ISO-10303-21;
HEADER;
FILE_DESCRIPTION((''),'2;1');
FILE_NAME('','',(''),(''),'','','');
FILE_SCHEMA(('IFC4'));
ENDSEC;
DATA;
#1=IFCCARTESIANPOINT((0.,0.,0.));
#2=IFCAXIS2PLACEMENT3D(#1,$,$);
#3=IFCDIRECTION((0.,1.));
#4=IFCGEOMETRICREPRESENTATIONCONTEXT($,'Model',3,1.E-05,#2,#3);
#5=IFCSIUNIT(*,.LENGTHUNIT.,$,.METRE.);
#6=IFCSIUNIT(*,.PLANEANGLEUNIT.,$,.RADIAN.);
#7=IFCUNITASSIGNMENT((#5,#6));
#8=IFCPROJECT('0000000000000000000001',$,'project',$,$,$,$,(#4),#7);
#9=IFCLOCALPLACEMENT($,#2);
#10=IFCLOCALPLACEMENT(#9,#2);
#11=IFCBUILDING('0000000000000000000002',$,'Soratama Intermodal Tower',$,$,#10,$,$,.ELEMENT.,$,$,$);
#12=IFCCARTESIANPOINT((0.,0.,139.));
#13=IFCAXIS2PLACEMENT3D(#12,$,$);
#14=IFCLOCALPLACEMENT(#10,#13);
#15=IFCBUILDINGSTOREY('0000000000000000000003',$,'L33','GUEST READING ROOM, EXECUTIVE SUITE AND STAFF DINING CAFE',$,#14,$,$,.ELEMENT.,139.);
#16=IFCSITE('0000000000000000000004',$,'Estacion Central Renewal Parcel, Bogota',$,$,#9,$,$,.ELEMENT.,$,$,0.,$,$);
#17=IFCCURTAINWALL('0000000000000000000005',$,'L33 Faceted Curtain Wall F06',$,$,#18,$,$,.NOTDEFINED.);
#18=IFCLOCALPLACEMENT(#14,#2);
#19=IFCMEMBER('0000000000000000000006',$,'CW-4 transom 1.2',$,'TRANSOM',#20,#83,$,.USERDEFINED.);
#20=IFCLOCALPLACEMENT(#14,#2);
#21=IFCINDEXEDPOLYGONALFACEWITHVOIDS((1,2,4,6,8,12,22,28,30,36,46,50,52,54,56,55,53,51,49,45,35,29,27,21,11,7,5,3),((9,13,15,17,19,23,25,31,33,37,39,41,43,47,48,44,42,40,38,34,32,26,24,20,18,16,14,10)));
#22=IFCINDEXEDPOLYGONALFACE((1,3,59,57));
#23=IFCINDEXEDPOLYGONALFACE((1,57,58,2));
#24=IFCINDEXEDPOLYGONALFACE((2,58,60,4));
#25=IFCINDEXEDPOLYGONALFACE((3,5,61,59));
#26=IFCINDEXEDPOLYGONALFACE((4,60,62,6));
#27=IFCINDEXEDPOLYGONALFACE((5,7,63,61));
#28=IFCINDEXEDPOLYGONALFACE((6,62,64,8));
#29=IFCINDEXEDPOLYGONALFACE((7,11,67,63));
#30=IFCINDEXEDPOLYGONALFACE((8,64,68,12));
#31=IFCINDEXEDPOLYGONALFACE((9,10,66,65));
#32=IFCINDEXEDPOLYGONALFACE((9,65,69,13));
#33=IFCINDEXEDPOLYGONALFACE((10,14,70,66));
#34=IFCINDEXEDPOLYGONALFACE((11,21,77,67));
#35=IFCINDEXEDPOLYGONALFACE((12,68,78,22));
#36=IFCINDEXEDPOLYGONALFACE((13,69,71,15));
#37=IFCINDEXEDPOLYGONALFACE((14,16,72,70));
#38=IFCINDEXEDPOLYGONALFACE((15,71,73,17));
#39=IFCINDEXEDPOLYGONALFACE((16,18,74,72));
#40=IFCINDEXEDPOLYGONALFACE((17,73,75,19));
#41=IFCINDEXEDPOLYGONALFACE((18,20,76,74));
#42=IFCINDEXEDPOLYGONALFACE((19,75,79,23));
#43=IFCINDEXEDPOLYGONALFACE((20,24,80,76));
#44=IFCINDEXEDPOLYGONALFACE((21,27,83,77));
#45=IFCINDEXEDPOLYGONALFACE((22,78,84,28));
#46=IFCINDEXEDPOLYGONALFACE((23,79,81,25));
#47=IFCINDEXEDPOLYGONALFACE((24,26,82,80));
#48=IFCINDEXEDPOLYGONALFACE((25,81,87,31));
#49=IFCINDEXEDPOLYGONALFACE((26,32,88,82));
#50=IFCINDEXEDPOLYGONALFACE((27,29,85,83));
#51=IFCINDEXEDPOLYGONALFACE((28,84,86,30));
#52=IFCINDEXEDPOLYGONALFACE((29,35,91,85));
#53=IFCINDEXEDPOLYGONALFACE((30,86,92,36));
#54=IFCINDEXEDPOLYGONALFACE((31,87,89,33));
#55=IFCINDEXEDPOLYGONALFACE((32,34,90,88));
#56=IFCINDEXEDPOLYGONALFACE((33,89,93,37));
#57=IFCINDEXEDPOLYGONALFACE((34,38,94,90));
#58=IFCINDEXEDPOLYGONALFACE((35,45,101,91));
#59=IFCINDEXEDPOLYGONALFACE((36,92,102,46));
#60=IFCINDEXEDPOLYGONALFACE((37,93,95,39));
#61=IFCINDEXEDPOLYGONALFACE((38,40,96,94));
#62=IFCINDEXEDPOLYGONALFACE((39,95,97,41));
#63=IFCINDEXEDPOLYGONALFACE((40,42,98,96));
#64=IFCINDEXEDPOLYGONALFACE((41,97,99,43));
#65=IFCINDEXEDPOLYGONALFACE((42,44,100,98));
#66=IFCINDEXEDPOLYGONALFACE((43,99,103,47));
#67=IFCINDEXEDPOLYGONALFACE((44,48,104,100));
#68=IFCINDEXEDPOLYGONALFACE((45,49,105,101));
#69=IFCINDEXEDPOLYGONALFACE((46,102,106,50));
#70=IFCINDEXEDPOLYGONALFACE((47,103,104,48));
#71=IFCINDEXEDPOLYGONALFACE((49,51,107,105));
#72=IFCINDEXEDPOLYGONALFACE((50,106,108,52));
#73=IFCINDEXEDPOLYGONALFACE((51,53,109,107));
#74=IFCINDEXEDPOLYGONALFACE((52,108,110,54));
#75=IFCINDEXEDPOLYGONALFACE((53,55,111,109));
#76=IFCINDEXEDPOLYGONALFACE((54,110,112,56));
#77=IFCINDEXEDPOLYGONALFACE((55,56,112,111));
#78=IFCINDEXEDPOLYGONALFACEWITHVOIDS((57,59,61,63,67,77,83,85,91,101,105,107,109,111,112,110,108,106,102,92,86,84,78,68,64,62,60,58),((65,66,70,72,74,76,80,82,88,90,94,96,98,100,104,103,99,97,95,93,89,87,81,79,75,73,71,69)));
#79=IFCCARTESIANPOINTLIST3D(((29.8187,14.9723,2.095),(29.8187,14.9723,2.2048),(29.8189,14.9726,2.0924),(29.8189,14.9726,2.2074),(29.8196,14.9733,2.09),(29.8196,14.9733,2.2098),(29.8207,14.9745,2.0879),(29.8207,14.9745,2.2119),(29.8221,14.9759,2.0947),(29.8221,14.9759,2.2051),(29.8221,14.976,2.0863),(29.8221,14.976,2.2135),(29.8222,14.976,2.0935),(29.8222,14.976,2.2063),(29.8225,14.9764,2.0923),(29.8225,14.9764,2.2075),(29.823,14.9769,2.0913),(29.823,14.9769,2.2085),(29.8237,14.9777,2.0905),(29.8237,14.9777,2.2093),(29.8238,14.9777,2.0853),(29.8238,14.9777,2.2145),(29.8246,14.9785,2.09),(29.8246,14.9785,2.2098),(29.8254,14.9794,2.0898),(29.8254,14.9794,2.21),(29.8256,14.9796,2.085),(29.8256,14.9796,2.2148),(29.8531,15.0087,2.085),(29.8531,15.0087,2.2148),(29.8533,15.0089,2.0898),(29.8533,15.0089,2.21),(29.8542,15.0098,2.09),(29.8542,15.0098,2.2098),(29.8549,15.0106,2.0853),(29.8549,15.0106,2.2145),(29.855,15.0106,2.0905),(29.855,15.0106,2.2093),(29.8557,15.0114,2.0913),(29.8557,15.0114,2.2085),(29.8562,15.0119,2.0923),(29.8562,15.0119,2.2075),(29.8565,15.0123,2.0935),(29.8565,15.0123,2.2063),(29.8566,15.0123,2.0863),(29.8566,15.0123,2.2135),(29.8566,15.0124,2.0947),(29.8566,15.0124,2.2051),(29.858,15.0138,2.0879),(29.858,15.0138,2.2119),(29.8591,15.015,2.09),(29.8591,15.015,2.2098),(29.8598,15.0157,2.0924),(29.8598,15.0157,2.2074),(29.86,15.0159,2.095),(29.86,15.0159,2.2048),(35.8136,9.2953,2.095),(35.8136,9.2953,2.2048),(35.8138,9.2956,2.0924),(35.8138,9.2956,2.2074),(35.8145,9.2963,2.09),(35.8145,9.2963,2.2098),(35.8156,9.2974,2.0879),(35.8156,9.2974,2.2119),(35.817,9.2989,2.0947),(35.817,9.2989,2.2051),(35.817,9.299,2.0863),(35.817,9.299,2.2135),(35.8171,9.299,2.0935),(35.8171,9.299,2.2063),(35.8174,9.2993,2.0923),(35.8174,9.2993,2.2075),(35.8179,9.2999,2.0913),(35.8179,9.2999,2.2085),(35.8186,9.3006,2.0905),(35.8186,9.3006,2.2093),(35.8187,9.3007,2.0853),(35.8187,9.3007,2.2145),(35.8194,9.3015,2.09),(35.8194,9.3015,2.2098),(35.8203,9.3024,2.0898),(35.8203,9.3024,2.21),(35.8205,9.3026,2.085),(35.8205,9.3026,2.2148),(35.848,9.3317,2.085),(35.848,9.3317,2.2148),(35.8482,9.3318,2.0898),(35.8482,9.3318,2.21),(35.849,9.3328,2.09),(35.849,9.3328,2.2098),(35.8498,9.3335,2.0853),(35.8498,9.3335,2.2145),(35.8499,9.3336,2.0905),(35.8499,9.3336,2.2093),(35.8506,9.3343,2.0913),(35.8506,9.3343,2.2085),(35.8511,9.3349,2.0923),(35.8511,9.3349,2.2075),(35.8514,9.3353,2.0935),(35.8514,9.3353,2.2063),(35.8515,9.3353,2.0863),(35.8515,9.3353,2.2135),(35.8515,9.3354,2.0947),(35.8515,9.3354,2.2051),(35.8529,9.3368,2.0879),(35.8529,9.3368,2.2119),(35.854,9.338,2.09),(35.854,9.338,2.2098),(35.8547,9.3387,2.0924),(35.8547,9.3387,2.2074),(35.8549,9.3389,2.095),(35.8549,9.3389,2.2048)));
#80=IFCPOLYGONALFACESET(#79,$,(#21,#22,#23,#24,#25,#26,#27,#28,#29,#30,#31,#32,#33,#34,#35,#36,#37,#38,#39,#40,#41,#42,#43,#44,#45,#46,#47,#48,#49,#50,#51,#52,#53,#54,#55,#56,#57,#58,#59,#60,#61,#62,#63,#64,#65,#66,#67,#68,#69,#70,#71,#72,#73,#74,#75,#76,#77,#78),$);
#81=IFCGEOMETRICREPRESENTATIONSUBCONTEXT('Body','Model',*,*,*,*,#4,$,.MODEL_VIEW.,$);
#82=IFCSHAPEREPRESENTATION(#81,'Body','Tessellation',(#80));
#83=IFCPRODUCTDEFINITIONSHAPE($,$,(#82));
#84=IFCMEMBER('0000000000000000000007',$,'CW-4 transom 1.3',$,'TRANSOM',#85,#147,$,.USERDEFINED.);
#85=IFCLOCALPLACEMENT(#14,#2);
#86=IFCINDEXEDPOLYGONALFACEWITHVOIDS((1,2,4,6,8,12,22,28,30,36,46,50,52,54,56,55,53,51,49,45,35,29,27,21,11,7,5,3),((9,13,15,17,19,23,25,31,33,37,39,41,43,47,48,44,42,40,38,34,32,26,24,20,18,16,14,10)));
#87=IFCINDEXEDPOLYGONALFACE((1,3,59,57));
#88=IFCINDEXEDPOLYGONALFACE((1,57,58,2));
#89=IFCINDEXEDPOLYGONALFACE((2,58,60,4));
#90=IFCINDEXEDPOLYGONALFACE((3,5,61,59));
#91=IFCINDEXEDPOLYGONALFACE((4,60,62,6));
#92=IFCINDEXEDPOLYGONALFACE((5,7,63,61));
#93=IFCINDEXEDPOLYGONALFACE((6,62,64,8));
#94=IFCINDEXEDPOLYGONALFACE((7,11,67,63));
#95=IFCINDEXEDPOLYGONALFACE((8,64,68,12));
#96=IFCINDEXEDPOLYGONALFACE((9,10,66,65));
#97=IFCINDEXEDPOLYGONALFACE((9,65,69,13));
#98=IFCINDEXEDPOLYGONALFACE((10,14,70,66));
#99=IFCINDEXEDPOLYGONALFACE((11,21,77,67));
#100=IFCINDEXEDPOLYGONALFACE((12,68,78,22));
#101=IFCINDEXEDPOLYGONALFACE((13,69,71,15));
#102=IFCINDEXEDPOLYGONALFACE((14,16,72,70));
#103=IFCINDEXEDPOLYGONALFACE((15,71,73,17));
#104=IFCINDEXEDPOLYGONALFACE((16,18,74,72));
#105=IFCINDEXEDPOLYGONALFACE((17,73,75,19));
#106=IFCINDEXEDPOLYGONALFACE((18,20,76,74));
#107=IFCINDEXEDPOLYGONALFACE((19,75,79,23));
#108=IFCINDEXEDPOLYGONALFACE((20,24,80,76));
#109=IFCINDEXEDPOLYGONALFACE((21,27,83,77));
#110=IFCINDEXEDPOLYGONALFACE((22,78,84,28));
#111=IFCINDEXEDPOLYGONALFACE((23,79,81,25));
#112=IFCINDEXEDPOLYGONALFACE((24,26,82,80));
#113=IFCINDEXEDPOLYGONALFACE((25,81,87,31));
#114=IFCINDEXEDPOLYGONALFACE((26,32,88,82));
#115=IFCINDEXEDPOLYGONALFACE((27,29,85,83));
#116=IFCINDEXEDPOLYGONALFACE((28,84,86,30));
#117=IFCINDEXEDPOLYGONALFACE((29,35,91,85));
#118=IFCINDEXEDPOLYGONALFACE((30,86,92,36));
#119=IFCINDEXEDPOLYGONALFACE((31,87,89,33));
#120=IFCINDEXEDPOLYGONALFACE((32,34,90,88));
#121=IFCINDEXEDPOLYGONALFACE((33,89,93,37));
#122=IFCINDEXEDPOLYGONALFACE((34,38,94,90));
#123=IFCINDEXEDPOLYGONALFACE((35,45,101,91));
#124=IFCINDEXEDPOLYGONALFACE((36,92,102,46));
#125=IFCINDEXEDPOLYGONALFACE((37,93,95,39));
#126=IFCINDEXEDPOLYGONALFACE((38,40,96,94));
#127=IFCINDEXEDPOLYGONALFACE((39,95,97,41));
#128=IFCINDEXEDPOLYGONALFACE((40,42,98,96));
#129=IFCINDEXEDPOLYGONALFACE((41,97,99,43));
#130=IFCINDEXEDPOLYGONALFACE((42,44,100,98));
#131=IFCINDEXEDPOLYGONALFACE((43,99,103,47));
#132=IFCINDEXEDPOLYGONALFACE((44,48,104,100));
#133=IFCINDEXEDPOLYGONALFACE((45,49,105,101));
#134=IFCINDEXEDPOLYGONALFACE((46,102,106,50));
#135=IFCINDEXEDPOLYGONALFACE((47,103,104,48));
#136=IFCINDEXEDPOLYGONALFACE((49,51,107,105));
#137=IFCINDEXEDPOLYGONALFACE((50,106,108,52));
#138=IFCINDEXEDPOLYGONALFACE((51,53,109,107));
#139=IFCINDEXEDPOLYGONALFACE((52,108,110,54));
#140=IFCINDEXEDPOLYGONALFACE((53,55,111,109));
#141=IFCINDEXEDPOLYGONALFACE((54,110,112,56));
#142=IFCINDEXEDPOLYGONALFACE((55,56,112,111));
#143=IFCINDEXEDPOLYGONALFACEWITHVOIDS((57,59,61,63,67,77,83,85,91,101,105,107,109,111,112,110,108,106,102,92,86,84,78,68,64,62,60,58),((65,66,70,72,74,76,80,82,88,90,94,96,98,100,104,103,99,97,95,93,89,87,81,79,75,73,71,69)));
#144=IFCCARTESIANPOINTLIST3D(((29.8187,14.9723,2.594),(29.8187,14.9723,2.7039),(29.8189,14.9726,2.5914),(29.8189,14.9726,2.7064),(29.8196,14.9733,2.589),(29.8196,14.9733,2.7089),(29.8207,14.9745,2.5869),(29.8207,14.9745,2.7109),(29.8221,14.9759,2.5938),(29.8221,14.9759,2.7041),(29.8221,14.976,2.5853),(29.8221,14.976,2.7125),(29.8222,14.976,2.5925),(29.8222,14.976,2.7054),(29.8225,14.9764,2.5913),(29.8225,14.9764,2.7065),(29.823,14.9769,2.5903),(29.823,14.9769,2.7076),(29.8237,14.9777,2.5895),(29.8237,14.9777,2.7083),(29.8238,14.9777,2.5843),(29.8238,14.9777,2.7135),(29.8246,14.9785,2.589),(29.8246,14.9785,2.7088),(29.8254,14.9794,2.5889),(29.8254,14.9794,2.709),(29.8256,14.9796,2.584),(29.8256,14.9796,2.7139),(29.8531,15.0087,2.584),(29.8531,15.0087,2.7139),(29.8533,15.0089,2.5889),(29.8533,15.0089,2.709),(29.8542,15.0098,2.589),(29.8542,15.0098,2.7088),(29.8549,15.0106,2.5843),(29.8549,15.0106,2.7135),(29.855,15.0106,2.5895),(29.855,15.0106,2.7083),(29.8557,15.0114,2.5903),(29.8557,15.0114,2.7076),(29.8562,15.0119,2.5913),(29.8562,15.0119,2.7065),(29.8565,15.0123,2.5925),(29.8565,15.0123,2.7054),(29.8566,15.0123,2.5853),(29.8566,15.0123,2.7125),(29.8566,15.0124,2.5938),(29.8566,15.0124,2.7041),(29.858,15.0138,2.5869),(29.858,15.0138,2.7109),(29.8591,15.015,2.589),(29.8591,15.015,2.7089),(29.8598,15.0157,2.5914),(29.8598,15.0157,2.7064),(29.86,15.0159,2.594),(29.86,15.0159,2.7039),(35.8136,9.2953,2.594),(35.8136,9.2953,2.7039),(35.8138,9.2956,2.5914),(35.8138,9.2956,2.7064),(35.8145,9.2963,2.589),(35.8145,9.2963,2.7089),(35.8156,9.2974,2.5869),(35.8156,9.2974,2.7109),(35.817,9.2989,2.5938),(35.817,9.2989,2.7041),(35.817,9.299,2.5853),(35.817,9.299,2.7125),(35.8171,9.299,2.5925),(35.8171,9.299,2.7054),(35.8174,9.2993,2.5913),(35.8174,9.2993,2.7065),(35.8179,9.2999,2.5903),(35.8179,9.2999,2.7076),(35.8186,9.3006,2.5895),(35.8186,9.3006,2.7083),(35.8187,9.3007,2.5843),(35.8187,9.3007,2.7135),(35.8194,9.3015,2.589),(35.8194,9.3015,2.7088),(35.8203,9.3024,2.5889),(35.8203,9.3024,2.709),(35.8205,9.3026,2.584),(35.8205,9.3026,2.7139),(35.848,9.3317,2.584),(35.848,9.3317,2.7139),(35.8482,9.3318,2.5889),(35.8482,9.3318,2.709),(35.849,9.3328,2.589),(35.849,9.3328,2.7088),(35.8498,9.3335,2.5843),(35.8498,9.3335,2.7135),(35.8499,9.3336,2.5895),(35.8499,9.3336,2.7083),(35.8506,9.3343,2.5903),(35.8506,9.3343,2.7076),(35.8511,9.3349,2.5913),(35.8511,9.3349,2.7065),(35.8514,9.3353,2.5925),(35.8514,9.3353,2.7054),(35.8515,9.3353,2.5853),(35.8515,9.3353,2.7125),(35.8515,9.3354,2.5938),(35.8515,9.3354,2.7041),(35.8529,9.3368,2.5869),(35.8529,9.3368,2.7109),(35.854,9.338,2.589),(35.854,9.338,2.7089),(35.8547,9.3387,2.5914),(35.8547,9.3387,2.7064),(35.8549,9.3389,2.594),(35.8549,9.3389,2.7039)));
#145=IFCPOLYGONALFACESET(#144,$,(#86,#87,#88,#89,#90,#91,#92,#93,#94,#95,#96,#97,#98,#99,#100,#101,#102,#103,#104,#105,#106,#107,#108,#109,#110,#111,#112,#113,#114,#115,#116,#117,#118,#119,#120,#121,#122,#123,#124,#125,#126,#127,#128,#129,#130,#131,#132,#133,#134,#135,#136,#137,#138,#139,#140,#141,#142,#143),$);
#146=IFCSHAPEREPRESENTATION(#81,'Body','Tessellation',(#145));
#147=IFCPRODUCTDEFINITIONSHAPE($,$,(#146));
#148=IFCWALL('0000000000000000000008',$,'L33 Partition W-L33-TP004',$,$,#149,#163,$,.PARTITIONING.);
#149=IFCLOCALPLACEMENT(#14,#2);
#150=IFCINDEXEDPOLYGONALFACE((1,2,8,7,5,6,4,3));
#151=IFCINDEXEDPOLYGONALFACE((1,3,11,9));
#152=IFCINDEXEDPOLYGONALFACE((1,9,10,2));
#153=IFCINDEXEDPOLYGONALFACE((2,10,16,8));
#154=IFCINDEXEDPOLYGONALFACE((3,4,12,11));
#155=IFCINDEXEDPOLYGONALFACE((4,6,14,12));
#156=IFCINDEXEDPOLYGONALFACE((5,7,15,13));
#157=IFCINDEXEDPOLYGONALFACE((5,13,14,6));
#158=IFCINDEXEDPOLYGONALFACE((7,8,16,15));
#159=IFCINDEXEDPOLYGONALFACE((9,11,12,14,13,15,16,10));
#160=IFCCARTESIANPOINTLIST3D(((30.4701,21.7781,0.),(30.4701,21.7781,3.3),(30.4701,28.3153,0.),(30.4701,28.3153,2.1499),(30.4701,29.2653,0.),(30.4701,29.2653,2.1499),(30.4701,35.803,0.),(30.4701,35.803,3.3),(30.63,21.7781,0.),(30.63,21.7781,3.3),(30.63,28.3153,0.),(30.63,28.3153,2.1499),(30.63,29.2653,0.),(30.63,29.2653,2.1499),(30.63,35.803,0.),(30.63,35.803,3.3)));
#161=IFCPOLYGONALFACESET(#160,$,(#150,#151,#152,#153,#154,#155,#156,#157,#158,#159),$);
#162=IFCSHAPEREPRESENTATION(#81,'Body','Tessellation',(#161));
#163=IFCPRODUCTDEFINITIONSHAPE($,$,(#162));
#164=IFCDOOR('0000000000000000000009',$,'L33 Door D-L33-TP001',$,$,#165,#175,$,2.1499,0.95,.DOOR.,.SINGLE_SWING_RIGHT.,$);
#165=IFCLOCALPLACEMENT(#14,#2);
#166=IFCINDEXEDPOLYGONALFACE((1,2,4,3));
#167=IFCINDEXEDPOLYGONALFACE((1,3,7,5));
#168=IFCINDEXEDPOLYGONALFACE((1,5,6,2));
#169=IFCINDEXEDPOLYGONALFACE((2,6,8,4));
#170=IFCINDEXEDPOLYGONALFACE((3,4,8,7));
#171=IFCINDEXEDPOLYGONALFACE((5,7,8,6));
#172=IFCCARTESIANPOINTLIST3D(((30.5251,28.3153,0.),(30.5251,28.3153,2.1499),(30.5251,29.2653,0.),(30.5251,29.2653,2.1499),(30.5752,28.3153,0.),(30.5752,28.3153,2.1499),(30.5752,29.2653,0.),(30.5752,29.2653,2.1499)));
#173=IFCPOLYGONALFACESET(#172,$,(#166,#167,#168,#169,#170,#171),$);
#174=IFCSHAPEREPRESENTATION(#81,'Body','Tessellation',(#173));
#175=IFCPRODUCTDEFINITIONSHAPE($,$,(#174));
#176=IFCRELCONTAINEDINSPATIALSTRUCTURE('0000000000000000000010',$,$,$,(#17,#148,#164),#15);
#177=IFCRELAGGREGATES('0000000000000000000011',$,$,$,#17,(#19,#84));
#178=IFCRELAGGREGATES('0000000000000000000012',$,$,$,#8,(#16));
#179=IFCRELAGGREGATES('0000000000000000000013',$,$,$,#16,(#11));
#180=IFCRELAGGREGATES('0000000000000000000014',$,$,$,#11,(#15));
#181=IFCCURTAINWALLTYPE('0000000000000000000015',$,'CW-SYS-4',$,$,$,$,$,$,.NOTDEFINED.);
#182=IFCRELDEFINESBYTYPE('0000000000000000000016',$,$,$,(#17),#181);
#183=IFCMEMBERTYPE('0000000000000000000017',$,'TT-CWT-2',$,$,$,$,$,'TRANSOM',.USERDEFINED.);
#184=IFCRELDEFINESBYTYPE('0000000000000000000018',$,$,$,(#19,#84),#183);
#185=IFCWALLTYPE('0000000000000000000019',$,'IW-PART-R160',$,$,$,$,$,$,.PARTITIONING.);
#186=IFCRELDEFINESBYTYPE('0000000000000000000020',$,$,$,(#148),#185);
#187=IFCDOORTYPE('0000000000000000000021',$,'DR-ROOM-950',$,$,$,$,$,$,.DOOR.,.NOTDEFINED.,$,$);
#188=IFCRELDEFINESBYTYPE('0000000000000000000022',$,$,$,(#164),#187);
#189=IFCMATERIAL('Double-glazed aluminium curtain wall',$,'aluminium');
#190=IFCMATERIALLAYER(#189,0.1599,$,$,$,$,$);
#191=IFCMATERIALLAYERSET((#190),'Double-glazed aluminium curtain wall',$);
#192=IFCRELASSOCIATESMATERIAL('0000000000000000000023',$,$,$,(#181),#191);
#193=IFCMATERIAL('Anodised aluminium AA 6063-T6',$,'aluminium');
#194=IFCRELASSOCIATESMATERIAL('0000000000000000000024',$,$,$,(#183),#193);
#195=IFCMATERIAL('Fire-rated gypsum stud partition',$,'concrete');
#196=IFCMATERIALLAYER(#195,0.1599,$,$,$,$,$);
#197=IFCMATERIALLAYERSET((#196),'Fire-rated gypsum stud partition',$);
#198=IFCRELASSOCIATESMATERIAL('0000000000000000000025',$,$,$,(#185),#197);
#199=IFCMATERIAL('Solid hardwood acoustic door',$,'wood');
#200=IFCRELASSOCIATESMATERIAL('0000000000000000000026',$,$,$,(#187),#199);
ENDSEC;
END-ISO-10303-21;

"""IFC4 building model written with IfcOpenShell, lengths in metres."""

from ifc_helpers import new_model, si_unit, direction, frame, frame_2d, origin, origin_2d, place, context, subcontext, project, spatial, rectangle, hollow_rectangle, extrude, material, layer, layer_set, material_profile, profile_set, type_object, element, fill, aggregate, save


model = new_model("IFC4")

# Units and contexts
model_context = context("Model", 3, precision=1e-05, world=origin(), true_north=direction((0.0, 1.0)))
body_context = subcontext(model_context, "Body", "Model", "MODEL_VIEW")
ifc_project = project(units=[si_unit("LENGTHUNIT", "METRE"), si_unit("PLANEANGLEUNIT", "RADIAN")], contexts=[model_context])

# Site, building, storey
site_placement = place(None, origin())
site = spatial("IfcSite", under=ifc_project, at=site_placement, Name="Estacion Central Renewal Parcel, Bogota", CompositionType="ELEMENT", RefElevation=0.0)
building_placement = place(site_placement, origin())
building = spatial("IfcBuilding", under=site, at=building_placement, Name="Soratama Intermodal Tower", CompositionType="ELEMENT")
storey_placement = place(building_placement, frame((0.0, 0.0, 139.0)))
storey = spatial("IfcBuildingStorey", under=building, at=storey_placement, Name="L33", Description="GUEST READING ROOM, EXECUTIVE SUITE AND STAFF DINING CAFE", CompositionType="ELEMENT", Elevation=139.0)

# Curtain wall, members
ifc_material_1 = material(Name="Double-glazed aluminium curtain wall", Category="aluminium")
ifc_layer_1 = layer(ifc_material_1, 0.1599)
ifc_layer_set_1 = layer_set([ifc_layer_1], Name="Double-glazed aluminium curtain wall")
curtain_wall_type = type_object("IfcCurtainWallType", Name="CW-SYS-4", PredefinedType="NOTDEFINED", material=ifc_layer_set_1)
curtain_wall_placement = place(storey_placement, origin())
curtain_wall = element("IfcCurtainWall", 1, at=curtain_wall_placement, inside=storey, type_object=curtain_wall_type, Name="L33 Faceted Curtain Wall F06", PredefinedType="NOTDEFINED")
ifc_material_2 = material(Name="Anodised aluminium AA 6063-T6", Category="aluminium")
ifc_material_profile_1 = material_profile(ifc_material_2, hollow_rectangle(XDim=0.0601, YDim=0.1299, WallThickness=0.0049, InnerFilletRadius=0.0049, OuterFilletRadius=0.01, at=origin_2d()), Name="CWT130X60X5")
ifc_profile_set_1 = profile_set([ifc_material_profile_1], Name="Anodised aluminium AA 6063-T6")
member_type_1 = type_object("IfcMemberType", Name="TT-CWT-2", ElementType="TRANSOM", PredefinedType="USERDEFINED", material=ifc_profile_set_1)
member_1_placement = place(storey_placement, frame((29.8394, 14.9941, 2.1499), z_axis=(0.726095, -0.687595, 0.0), x_axis=(0.687595, 0.726095, 0.0)))
member_1 = element("IfcMember", 2, at=member_1_placement, type_object=member_type_1, Name="CW-4 transom 1.2", ObjectType="TRANSOM", PredefinedType="USERDEFINED", context=body_context, shape_type="SweptSolid", body=[
    extrude(hollow_rectangle(XDim=0.0601, YDim=0.1299, WallThickness=0.0049, InnerFilletRadius=0.0049, OuterFilletRadius=0.01, at=origin_2d()), origin(), (0.0, 0.0, 1.0), 8.2563),
])
member_2_placement = place(storey_placement, frame((29.8394, 14.9941, 2.6489), z_axis=(0.726095, -0.687595, 0.0), x_axis=(0.687595, 0.726095, 0.0)))
member_2 = element("IfcMember", 3, at=member_2_placement, type_object=member_type_1, Name="CW-4 transom 1.3", ObjectType="TRANSOM", PredefinedType="USERDEFINED", context=body_context, shape_type="SweptSolid", body=[
    extrude(hollow_rectangle(XDim=0.0601, YDim=0.1299, WallThickness=0.0049, InnerFilletRadius=0.0049, OuterFilletRadius=0.01, at=origin_2d()), origin(), (0.0, 0.0, 1.0), 8.2563),
])
aggregate(curtain_wall, [member_1, member_2])

# Wall, opening, door
ifc_material_3 = material(Name="Fire-rated gypsum stud partition", Category="concrete")
ifc_layer_2 = layer(ifc_material_3, 0.1599)
ifc_layer_set_2 = layer_set([ifc_layer_2], Name="Fire-rated gypsum stud partition")
wall_type_1 = type_object("IfcWallType", Name="IW-PART-R160", PredefinedType="PARTITIONING", material=ifc_layer_set_2)
wall_1_placement = place(storey_placement, frame((30.55, 21.7781, 0.0), z_axis=(0.0, 0.0, 1.0), x_axis=(0.0, 1.0, 0.0)))
wall_1 = element("IfcWall", 4, at=wall_1_placement, inside=storey, type_object=wall_type_1, Name="L33 Partition W-L33-TP004", PredefinedType="PARTITIONING", context=body_context, shape_type="SweptSolid", body=[
    extrude(rectangle(XDim=14.0249, YDim=0.1599, at=frame_2d((7.0125, 0.0))), origin(), (0.0, 0.0, 1.0), 3.3),
])
opening_1_placement = place(wall_1_placement, frame((6.5371, 0.0, 0.0)))
opening_1 = element("IfcOpeningElement", 5, at=opening_1_placement, cuts=wall_1, PredefinedType="OPENING", context=body_context, shape_type="SweptSolid", body=[
    extrude(rectangle(XDim=0.95, YDim=2.1499, at=frame_2d((0.4751, 1.075))), frame((0.0, 0.0898, 0.0), z_axis=(0.0, -1.0, 0.0), x_axis=(1.0, 0.0, 0.0)), (0.0, 0.0, 1.0), 0.1799),
])
ifc_material_4 = material(Name="Solid hardwood acoustic door", Category="wood")
door_type = type_object("IfcDoorType", Name="DR-ROOM-950", OperationType="NOTDEFINED", PredefinedType="DOOR", material=ifc_material_4)
door_1_placement = place(opening_1_placement, origin())
door_1 = element("IfcDoor", 6, at=door_1_placement, inside=storey, type_object=door_type, Name="L33 Door D-L33-TP001", OperationType="SINGLE_SWING_RIGHT", OverallHeight=2.1499, OverallWidth=0.95, PredefinedType="DOOR", context=body_context, shape_type="SweptSolid", body=[
    extrude(rectangle(XDim=0.95, YDim=2.1499, at=frame_2d((0.4751, 1.075))), frame((0.0, 0.0249, 0.0), z_axis=(0.0, -1.0, 0.0), x_axis=(1.0, 0.0, 0.0)), (0.0, 0.0, 1.0), 0.05),
])
fill(opening_1, door_1)

save(model, "model.ifc")
